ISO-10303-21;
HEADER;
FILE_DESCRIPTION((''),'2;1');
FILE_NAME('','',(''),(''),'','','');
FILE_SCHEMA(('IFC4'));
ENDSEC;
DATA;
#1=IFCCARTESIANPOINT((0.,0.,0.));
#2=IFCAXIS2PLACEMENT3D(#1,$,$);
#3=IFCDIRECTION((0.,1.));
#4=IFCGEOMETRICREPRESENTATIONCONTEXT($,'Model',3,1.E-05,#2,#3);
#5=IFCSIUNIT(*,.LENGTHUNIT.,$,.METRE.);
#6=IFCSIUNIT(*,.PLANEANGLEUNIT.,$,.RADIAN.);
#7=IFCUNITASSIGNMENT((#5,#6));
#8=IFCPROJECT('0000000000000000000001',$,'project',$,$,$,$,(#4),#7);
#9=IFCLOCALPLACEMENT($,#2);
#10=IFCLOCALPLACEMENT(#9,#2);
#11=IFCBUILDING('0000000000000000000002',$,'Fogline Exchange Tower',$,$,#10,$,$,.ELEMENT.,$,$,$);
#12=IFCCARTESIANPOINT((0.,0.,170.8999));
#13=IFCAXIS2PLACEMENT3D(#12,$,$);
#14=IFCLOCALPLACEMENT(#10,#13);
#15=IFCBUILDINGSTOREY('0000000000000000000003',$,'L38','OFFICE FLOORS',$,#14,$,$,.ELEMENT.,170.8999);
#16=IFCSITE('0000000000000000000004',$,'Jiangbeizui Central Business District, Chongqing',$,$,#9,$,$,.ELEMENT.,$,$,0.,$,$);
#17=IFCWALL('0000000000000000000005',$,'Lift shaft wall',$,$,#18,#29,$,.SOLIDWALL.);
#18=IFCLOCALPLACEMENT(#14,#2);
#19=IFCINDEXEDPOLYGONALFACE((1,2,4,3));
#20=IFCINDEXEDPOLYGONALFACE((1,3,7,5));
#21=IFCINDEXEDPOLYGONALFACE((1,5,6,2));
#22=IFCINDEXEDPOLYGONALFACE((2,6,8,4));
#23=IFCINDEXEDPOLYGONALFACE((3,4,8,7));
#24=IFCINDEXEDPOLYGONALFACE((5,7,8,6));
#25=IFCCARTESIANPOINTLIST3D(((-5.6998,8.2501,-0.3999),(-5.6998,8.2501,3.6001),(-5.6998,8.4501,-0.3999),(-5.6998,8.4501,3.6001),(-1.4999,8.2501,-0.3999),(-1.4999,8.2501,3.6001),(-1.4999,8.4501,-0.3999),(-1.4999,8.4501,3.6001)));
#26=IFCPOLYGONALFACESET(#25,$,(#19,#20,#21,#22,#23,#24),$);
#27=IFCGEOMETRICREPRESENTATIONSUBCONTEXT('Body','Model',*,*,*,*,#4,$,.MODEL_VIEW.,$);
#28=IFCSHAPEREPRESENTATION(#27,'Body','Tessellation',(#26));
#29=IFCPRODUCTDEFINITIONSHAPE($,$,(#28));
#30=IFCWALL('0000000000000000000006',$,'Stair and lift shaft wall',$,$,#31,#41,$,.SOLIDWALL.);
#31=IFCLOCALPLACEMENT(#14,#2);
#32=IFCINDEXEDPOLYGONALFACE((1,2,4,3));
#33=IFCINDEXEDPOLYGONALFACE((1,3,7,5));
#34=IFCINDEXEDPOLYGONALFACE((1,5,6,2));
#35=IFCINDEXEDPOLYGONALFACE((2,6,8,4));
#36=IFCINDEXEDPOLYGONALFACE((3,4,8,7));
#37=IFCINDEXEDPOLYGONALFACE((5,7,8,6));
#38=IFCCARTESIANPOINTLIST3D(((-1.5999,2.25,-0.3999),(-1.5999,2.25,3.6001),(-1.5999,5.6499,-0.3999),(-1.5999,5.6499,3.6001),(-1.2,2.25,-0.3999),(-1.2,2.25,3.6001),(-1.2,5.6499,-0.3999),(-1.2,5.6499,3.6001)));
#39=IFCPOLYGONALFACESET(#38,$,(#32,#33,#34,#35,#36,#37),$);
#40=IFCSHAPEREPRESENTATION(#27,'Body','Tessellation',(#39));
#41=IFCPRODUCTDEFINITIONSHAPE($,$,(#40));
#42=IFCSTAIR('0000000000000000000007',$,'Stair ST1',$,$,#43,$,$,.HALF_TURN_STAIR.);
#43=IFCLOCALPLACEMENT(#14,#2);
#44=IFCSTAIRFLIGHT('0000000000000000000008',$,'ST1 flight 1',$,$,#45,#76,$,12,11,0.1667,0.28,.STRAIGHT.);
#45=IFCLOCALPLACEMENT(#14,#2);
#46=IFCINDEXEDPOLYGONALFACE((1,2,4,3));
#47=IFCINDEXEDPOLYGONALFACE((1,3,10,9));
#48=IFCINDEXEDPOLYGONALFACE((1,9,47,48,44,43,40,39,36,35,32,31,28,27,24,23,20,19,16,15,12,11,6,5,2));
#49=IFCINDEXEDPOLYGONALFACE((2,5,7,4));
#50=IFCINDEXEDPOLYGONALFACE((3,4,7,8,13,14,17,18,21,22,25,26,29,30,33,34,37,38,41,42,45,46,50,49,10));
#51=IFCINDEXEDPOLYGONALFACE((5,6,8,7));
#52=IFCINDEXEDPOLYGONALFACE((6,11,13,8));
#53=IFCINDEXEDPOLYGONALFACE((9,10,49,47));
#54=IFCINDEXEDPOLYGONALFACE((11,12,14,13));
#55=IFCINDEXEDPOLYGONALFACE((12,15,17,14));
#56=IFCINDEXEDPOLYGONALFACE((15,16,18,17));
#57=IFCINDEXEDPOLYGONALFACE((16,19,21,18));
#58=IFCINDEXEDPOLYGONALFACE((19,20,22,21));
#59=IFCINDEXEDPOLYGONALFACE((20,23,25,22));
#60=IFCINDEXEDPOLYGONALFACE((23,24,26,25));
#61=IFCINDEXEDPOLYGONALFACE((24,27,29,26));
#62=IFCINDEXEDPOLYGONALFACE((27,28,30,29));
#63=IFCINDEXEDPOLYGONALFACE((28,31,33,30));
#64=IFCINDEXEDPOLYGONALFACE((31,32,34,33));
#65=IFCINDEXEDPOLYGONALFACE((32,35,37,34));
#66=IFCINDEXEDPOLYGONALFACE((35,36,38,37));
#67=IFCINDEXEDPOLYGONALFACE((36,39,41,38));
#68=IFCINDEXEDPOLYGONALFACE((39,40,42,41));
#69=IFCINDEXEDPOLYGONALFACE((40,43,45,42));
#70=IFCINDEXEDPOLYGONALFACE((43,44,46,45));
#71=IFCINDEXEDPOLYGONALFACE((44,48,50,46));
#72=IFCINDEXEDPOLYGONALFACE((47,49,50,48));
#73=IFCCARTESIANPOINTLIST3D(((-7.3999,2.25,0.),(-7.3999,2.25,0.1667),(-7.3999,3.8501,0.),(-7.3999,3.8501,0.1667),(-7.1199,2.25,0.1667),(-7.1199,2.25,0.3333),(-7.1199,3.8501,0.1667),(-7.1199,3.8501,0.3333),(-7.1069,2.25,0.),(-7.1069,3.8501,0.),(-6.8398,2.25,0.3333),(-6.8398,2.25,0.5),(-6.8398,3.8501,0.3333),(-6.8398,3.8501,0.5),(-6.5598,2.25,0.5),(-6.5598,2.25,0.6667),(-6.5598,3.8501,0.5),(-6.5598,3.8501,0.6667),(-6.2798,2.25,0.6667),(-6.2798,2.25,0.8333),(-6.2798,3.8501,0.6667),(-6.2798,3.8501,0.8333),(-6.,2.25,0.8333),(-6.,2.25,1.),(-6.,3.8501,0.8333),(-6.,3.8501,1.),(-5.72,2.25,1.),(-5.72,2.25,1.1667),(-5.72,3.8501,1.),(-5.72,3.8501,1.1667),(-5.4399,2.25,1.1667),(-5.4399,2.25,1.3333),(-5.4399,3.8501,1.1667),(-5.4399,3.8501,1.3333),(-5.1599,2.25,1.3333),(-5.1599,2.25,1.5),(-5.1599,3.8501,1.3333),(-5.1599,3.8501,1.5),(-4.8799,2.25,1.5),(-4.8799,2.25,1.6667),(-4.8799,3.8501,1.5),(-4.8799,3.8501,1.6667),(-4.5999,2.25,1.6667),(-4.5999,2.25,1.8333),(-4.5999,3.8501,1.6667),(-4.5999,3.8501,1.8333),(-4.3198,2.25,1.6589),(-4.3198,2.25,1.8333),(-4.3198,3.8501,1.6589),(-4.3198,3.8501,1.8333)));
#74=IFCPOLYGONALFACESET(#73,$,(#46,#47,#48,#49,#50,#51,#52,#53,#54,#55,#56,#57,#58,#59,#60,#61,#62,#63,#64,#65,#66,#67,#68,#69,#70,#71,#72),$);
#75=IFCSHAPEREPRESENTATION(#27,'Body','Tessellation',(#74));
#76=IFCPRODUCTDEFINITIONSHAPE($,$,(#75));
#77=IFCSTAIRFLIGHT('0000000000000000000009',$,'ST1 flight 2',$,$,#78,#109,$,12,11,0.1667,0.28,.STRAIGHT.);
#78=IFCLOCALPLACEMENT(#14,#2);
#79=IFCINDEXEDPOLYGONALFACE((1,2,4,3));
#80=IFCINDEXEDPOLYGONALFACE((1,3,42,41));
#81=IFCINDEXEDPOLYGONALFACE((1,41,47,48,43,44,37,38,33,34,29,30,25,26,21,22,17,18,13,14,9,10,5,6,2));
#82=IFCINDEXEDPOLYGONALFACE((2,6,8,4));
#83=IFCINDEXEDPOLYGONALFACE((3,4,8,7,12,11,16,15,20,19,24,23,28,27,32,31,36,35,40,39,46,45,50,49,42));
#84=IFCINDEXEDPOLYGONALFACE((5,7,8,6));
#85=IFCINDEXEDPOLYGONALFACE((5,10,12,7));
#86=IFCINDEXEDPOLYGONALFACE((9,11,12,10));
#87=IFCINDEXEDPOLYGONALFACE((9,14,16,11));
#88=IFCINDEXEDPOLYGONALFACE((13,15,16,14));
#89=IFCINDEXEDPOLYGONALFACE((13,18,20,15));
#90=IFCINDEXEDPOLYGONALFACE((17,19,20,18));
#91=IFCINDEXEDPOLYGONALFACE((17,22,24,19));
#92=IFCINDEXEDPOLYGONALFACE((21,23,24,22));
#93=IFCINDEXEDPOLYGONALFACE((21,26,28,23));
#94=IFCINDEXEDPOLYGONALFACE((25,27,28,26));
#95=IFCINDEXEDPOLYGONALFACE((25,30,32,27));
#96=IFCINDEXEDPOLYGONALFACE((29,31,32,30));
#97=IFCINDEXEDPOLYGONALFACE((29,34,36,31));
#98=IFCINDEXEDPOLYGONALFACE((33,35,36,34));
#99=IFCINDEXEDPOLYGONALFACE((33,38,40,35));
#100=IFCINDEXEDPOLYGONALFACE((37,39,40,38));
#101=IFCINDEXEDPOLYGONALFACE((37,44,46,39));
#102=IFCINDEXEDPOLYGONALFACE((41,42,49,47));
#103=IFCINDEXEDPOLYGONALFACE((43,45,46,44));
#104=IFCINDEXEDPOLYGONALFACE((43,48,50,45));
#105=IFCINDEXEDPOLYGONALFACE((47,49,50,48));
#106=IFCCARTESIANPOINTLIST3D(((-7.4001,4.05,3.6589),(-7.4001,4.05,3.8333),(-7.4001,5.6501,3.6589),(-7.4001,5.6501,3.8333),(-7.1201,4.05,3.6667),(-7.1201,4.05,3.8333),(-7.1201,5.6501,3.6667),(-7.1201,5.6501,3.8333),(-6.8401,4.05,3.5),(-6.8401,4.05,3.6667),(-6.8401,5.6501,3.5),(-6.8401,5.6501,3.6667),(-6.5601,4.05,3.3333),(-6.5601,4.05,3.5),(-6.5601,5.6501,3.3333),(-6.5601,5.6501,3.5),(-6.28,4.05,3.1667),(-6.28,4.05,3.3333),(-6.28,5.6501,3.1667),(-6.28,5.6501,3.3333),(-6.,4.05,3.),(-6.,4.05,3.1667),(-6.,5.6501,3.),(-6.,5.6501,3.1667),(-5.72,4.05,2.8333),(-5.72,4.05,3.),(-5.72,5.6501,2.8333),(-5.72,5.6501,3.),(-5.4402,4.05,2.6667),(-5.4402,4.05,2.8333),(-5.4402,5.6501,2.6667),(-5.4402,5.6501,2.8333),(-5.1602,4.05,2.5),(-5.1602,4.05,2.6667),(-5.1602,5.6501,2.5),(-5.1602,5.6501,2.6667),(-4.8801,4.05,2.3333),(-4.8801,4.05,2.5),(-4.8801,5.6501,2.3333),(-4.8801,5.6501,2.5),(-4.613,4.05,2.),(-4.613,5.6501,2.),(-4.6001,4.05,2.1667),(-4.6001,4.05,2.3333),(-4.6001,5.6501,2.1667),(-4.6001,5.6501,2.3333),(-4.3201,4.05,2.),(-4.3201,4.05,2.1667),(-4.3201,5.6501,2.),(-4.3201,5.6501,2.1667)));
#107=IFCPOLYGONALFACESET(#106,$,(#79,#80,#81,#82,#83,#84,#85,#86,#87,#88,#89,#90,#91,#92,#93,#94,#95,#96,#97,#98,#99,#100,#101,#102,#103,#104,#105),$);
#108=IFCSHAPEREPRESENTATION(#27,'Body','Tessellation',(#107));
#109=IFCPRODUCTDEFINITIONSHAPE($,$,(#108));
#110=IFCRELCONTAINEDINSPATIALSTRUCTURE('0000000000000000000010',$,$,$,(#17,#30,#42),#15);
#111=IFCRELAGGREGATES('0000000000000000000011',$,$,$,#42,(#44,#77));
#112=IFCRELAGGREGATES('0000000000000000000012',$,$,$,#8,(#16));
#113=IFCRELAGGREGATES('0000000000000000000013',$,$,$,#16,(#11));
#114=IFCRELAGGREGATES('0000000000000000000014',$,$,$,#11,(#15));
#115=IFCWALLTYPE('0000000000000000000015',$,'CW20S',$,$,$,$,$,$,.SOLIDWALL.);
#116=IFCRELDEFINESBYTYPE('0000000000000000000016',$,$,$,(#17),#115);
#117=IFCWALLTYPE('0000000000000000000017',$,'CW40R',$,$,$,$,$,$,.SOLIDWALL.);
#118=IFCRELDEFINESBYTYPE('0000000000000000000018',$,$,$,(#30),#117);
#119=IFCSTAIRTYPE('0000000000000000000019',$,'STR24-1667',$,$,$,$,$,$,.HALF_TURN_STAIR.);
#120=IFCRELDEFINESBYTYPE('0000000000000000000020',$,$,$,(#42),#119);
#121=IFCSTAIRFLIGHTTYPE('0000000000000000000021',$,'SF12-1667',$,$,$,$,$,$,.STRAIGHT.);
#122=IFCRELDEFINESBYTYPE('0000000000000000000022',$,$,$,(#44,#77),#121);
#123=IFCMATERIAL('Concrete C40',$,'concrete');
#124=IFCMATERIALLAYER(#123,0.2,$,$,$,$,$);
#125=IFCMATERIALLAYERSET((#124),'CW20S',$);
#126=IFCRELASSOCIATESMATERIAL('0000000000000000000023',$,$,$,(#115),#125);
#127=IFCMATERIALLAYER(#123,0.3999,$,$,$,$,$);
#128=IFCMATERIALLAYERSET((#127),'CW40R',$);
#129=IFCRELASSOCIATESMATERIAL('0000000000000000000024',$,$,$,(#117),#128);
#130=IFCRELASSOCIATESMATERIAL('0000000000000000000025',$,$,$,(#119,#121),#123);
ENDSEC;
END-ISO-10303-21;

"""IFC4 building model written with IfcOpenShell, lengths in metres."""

from ifc_helpers import new_model, si_unit, direction, frame, frame_2d, origin, place, context, subcontext, project, spatial, polyline, rectangle, outline, extrude, material, layer, layer_set, type_object, element, aggregate, save


model = new_model("IFC4")

# Units and contexts
model_context = context("Model", 3, precision=1e-05, world=origin(), true_north=direction((0.0, 1.0)))
body_context = subcontext(model_context, "Body", "Model", "MODEL_VIEW")
ifc_project = project(units=[si_unit("LENGTHUNIT", "METRE"), si_unit("PLANEANGLEUNIT", "RADIAN")], contexts=[model_context])

# Site, building, storey
site_placement = place(None, origin())
site = spatial("IfcSite", under=ifc_project, at=site_placement, Name="Jiangbeizui Central Business District, Chongqing", CompositionType="ELEMENT", RefElevation=0.0)
building_placement = place(site_placement, origin())
building = spatial("IfcBuilding", under=site, at=building_placement, Name="Fogline Exchange Tower", CompositionType="ELEMENT")
storey_placement = place(building_placement, frame((0.0, 0.0, 170.8999)))
storey = spatial("IfcBuildingStorey", under=building, at=storey_placement, Name="L38", Description="OFFICE FLOORS", CompositionType="ELEMENT", Elevation=170.8999)

# Shared definitions
ifc_material_1 = material(Name="Concrete C40", Category="concrete")
ifc_layer_1 = layer(ifc_material_1, 0.2)
ifc_layer_set_1 = layer_set([ifc_layer_1], Name="CW20S")
wall_type_1 = type_object("IfcWallType", Name="CW20S", PredefinedType="SOLIDWALL", material=ifc_layer_set_1)

# Walls
wall_1_placement = place(storey_placement, frame((-5.7, 8.3501, -0.3999), z_axis=(0.0, 0.0, 1.0), x_axis=(1.0, 0.0, 0.0)))
element("IfcWall", 1, at=wall_1_placement, inside=storey, type_object=wall_type_1, Name="Lift shaft wall", PredefinedType="SOLIDWALL", context=body_context, shape_type="SweptSolid", body=[
    extrude(rectangle(XDim=4.2, YDim=0.2, at=frame_2d((2.1001, 0.0))), origin(), (0.0, 0.0, 1.0), 4.0),
])
ifc_layer_2 = layer(ifc_material_1, 0.3999)
ifc_layer_set_2 = layer_set([ifc_layer_2], Name="CW40R")
wall_type_2 = type_object("IfcWallType", Name="CW40R", PredefinedType="SOLIDWALL", material=ifc_layer_set_2)
wall_2_placement = place(storey_placement, frame((-1.3999, 2.25, -0.3999), z_axis=(0.0, 0.0, 1.0), x_axis=(0.0, 1.0, 0.0)))
element("IfcWall", 2, at=wall_2_placement, inside=storey, type_object=wall_type_2, Name="Stair and lift shaft wall", PredefinedType="SOLIDWALL", context=body_context, shape_type="SweptSolid", body=[
    extrude(rectangle(XDim=3.3999, YDim=0.3999, at=frame_2d((1.7, 0.0))), origin(), (0.0, 0.0, 1.0), 4.0),
])

# Stair, stair flights
stair_type = type_object("IfcStairType", Name="STR24-1667", PredefinedType="HALF_TURN_STAIR", material=ifc_material_1)
stair_placement = place(storey_placement, origin())
stair = element("IfcStair", 3, at=stair_placement, inside=storey, type_object=stair_type, Name="Stair ST1", PredefinedType="HALF_TURN_STAIR")
stair_flight_type = type_object("IfcStairFlightType", Name="SF12-1667", PredefinedType="STRAIGHT", material=ifc_material_1)
stair_flight_1_placement = place(storey_placement, frame((-7.3999, 3.05, 0.0), z_axis=(0.0, 0.0, 1.0), x_axis=(1.0, 0.0, 0.0)))
stair_flight_1 = element("IfcStairFlight", 4, at=stair_flight_1_placement, type_object=stair_flight_type, Name="ST1 flight 1", NumberOfRisers=12, NumberOfTreads=11, PredefinedType="STRAIGHT", RiserHeight=0.1667, TreadLength=0.28, context=body_context, shape_type="SweptSolid", body=[
    extrude(outline(polyline([(0.0, 0.0), (0.0, 0.1667), (0.28, 0.1667), (0.28, 0.3333), (0.5601, 0.3333), (0.5601, 0.5), (0.8401, 0.5), (0.8401, 0.6667), (1.1201, 0.6667), (1.1201, 0.8333), (1.3999, 0.8333), (1.3999, 1.0), (1.6799, 1.0), (1.6799, 1.1667), (1.96, 1.1667), (1.96, 1.3333), (2.24, 1.3333), (2.24, 1.5), (2.52, 1.5), (2.52, 1.6667), (2.8, 1.6667), (2.8, 1.8333), (3.0801, 1.8333), (3.0801, 2.0), (3.0801, 1.6589), (0.293, 0.0), (0.0, 0.0)])), frame((0.0, 0.8, 0.0), z_axis=(0.0, -1.0, 0.0), x_axis=(1.0, 0.0, 0.0)), (0.0, 0.0, 1.0), 1.6001),
])
stair_flight_2_placement = place(storey_placement, frame((-4.3201, 4.8501, 2.0), z_axis=(0.0, 0.0, 1.0), x_axis=(-1.0, 0.0, 0.0)))
stair_flight_2 = element("IfcStairFlight", 5, at=stair_flight_2_placement, type_object=stair_flight_type, Name="ST1 flight 2", NumberOfRisers=12, NumberOfTreads=11, PredefinedType="STRAIGHT", RiserHeight=0.1667, TreadLength=0.28, context=body_context, shape_type="SweptSolid", body=[
    extrude(outline(polyline([(0.0, 0.0), (0.0, 0.1667), (0.28, 0.1667), (0.28, 0.3333), (0.5601, 0.3333), (0.5601, 0.5), (0.8401, 0.5), (0.8401, 0.6667), (1.1201, 0.6667), (1.1201, 0.8333), (1.3999, 0.8333), (1.3999, 1.0), (1.6799, 1.0), (1.6799, 1.1667), (1.96, 1.1667), (1.96, 1.3333), (2.24, 1.3333), (2.24, 1.5), (2.52, 1.5), (2.52, 1.6667), (2.8, 1.6667), (2.8, 1.8333), (3.0801, 1.8333), (3.0801, 2.0), (3.0801, 1.6589), (0.293, 0.0), (0.0, 0.0)])), frame((0.0, 0.8, 0.0), z_axis=(0.0, -1.0, 0.0), x_axis=(1.0, 0.0, 0.0)), (0.0, 0.0, 1.0), 1.6001),
])
aggregate(stair, [stair_flight_1, stair_flight_2])

save(model, "model.ifc")
